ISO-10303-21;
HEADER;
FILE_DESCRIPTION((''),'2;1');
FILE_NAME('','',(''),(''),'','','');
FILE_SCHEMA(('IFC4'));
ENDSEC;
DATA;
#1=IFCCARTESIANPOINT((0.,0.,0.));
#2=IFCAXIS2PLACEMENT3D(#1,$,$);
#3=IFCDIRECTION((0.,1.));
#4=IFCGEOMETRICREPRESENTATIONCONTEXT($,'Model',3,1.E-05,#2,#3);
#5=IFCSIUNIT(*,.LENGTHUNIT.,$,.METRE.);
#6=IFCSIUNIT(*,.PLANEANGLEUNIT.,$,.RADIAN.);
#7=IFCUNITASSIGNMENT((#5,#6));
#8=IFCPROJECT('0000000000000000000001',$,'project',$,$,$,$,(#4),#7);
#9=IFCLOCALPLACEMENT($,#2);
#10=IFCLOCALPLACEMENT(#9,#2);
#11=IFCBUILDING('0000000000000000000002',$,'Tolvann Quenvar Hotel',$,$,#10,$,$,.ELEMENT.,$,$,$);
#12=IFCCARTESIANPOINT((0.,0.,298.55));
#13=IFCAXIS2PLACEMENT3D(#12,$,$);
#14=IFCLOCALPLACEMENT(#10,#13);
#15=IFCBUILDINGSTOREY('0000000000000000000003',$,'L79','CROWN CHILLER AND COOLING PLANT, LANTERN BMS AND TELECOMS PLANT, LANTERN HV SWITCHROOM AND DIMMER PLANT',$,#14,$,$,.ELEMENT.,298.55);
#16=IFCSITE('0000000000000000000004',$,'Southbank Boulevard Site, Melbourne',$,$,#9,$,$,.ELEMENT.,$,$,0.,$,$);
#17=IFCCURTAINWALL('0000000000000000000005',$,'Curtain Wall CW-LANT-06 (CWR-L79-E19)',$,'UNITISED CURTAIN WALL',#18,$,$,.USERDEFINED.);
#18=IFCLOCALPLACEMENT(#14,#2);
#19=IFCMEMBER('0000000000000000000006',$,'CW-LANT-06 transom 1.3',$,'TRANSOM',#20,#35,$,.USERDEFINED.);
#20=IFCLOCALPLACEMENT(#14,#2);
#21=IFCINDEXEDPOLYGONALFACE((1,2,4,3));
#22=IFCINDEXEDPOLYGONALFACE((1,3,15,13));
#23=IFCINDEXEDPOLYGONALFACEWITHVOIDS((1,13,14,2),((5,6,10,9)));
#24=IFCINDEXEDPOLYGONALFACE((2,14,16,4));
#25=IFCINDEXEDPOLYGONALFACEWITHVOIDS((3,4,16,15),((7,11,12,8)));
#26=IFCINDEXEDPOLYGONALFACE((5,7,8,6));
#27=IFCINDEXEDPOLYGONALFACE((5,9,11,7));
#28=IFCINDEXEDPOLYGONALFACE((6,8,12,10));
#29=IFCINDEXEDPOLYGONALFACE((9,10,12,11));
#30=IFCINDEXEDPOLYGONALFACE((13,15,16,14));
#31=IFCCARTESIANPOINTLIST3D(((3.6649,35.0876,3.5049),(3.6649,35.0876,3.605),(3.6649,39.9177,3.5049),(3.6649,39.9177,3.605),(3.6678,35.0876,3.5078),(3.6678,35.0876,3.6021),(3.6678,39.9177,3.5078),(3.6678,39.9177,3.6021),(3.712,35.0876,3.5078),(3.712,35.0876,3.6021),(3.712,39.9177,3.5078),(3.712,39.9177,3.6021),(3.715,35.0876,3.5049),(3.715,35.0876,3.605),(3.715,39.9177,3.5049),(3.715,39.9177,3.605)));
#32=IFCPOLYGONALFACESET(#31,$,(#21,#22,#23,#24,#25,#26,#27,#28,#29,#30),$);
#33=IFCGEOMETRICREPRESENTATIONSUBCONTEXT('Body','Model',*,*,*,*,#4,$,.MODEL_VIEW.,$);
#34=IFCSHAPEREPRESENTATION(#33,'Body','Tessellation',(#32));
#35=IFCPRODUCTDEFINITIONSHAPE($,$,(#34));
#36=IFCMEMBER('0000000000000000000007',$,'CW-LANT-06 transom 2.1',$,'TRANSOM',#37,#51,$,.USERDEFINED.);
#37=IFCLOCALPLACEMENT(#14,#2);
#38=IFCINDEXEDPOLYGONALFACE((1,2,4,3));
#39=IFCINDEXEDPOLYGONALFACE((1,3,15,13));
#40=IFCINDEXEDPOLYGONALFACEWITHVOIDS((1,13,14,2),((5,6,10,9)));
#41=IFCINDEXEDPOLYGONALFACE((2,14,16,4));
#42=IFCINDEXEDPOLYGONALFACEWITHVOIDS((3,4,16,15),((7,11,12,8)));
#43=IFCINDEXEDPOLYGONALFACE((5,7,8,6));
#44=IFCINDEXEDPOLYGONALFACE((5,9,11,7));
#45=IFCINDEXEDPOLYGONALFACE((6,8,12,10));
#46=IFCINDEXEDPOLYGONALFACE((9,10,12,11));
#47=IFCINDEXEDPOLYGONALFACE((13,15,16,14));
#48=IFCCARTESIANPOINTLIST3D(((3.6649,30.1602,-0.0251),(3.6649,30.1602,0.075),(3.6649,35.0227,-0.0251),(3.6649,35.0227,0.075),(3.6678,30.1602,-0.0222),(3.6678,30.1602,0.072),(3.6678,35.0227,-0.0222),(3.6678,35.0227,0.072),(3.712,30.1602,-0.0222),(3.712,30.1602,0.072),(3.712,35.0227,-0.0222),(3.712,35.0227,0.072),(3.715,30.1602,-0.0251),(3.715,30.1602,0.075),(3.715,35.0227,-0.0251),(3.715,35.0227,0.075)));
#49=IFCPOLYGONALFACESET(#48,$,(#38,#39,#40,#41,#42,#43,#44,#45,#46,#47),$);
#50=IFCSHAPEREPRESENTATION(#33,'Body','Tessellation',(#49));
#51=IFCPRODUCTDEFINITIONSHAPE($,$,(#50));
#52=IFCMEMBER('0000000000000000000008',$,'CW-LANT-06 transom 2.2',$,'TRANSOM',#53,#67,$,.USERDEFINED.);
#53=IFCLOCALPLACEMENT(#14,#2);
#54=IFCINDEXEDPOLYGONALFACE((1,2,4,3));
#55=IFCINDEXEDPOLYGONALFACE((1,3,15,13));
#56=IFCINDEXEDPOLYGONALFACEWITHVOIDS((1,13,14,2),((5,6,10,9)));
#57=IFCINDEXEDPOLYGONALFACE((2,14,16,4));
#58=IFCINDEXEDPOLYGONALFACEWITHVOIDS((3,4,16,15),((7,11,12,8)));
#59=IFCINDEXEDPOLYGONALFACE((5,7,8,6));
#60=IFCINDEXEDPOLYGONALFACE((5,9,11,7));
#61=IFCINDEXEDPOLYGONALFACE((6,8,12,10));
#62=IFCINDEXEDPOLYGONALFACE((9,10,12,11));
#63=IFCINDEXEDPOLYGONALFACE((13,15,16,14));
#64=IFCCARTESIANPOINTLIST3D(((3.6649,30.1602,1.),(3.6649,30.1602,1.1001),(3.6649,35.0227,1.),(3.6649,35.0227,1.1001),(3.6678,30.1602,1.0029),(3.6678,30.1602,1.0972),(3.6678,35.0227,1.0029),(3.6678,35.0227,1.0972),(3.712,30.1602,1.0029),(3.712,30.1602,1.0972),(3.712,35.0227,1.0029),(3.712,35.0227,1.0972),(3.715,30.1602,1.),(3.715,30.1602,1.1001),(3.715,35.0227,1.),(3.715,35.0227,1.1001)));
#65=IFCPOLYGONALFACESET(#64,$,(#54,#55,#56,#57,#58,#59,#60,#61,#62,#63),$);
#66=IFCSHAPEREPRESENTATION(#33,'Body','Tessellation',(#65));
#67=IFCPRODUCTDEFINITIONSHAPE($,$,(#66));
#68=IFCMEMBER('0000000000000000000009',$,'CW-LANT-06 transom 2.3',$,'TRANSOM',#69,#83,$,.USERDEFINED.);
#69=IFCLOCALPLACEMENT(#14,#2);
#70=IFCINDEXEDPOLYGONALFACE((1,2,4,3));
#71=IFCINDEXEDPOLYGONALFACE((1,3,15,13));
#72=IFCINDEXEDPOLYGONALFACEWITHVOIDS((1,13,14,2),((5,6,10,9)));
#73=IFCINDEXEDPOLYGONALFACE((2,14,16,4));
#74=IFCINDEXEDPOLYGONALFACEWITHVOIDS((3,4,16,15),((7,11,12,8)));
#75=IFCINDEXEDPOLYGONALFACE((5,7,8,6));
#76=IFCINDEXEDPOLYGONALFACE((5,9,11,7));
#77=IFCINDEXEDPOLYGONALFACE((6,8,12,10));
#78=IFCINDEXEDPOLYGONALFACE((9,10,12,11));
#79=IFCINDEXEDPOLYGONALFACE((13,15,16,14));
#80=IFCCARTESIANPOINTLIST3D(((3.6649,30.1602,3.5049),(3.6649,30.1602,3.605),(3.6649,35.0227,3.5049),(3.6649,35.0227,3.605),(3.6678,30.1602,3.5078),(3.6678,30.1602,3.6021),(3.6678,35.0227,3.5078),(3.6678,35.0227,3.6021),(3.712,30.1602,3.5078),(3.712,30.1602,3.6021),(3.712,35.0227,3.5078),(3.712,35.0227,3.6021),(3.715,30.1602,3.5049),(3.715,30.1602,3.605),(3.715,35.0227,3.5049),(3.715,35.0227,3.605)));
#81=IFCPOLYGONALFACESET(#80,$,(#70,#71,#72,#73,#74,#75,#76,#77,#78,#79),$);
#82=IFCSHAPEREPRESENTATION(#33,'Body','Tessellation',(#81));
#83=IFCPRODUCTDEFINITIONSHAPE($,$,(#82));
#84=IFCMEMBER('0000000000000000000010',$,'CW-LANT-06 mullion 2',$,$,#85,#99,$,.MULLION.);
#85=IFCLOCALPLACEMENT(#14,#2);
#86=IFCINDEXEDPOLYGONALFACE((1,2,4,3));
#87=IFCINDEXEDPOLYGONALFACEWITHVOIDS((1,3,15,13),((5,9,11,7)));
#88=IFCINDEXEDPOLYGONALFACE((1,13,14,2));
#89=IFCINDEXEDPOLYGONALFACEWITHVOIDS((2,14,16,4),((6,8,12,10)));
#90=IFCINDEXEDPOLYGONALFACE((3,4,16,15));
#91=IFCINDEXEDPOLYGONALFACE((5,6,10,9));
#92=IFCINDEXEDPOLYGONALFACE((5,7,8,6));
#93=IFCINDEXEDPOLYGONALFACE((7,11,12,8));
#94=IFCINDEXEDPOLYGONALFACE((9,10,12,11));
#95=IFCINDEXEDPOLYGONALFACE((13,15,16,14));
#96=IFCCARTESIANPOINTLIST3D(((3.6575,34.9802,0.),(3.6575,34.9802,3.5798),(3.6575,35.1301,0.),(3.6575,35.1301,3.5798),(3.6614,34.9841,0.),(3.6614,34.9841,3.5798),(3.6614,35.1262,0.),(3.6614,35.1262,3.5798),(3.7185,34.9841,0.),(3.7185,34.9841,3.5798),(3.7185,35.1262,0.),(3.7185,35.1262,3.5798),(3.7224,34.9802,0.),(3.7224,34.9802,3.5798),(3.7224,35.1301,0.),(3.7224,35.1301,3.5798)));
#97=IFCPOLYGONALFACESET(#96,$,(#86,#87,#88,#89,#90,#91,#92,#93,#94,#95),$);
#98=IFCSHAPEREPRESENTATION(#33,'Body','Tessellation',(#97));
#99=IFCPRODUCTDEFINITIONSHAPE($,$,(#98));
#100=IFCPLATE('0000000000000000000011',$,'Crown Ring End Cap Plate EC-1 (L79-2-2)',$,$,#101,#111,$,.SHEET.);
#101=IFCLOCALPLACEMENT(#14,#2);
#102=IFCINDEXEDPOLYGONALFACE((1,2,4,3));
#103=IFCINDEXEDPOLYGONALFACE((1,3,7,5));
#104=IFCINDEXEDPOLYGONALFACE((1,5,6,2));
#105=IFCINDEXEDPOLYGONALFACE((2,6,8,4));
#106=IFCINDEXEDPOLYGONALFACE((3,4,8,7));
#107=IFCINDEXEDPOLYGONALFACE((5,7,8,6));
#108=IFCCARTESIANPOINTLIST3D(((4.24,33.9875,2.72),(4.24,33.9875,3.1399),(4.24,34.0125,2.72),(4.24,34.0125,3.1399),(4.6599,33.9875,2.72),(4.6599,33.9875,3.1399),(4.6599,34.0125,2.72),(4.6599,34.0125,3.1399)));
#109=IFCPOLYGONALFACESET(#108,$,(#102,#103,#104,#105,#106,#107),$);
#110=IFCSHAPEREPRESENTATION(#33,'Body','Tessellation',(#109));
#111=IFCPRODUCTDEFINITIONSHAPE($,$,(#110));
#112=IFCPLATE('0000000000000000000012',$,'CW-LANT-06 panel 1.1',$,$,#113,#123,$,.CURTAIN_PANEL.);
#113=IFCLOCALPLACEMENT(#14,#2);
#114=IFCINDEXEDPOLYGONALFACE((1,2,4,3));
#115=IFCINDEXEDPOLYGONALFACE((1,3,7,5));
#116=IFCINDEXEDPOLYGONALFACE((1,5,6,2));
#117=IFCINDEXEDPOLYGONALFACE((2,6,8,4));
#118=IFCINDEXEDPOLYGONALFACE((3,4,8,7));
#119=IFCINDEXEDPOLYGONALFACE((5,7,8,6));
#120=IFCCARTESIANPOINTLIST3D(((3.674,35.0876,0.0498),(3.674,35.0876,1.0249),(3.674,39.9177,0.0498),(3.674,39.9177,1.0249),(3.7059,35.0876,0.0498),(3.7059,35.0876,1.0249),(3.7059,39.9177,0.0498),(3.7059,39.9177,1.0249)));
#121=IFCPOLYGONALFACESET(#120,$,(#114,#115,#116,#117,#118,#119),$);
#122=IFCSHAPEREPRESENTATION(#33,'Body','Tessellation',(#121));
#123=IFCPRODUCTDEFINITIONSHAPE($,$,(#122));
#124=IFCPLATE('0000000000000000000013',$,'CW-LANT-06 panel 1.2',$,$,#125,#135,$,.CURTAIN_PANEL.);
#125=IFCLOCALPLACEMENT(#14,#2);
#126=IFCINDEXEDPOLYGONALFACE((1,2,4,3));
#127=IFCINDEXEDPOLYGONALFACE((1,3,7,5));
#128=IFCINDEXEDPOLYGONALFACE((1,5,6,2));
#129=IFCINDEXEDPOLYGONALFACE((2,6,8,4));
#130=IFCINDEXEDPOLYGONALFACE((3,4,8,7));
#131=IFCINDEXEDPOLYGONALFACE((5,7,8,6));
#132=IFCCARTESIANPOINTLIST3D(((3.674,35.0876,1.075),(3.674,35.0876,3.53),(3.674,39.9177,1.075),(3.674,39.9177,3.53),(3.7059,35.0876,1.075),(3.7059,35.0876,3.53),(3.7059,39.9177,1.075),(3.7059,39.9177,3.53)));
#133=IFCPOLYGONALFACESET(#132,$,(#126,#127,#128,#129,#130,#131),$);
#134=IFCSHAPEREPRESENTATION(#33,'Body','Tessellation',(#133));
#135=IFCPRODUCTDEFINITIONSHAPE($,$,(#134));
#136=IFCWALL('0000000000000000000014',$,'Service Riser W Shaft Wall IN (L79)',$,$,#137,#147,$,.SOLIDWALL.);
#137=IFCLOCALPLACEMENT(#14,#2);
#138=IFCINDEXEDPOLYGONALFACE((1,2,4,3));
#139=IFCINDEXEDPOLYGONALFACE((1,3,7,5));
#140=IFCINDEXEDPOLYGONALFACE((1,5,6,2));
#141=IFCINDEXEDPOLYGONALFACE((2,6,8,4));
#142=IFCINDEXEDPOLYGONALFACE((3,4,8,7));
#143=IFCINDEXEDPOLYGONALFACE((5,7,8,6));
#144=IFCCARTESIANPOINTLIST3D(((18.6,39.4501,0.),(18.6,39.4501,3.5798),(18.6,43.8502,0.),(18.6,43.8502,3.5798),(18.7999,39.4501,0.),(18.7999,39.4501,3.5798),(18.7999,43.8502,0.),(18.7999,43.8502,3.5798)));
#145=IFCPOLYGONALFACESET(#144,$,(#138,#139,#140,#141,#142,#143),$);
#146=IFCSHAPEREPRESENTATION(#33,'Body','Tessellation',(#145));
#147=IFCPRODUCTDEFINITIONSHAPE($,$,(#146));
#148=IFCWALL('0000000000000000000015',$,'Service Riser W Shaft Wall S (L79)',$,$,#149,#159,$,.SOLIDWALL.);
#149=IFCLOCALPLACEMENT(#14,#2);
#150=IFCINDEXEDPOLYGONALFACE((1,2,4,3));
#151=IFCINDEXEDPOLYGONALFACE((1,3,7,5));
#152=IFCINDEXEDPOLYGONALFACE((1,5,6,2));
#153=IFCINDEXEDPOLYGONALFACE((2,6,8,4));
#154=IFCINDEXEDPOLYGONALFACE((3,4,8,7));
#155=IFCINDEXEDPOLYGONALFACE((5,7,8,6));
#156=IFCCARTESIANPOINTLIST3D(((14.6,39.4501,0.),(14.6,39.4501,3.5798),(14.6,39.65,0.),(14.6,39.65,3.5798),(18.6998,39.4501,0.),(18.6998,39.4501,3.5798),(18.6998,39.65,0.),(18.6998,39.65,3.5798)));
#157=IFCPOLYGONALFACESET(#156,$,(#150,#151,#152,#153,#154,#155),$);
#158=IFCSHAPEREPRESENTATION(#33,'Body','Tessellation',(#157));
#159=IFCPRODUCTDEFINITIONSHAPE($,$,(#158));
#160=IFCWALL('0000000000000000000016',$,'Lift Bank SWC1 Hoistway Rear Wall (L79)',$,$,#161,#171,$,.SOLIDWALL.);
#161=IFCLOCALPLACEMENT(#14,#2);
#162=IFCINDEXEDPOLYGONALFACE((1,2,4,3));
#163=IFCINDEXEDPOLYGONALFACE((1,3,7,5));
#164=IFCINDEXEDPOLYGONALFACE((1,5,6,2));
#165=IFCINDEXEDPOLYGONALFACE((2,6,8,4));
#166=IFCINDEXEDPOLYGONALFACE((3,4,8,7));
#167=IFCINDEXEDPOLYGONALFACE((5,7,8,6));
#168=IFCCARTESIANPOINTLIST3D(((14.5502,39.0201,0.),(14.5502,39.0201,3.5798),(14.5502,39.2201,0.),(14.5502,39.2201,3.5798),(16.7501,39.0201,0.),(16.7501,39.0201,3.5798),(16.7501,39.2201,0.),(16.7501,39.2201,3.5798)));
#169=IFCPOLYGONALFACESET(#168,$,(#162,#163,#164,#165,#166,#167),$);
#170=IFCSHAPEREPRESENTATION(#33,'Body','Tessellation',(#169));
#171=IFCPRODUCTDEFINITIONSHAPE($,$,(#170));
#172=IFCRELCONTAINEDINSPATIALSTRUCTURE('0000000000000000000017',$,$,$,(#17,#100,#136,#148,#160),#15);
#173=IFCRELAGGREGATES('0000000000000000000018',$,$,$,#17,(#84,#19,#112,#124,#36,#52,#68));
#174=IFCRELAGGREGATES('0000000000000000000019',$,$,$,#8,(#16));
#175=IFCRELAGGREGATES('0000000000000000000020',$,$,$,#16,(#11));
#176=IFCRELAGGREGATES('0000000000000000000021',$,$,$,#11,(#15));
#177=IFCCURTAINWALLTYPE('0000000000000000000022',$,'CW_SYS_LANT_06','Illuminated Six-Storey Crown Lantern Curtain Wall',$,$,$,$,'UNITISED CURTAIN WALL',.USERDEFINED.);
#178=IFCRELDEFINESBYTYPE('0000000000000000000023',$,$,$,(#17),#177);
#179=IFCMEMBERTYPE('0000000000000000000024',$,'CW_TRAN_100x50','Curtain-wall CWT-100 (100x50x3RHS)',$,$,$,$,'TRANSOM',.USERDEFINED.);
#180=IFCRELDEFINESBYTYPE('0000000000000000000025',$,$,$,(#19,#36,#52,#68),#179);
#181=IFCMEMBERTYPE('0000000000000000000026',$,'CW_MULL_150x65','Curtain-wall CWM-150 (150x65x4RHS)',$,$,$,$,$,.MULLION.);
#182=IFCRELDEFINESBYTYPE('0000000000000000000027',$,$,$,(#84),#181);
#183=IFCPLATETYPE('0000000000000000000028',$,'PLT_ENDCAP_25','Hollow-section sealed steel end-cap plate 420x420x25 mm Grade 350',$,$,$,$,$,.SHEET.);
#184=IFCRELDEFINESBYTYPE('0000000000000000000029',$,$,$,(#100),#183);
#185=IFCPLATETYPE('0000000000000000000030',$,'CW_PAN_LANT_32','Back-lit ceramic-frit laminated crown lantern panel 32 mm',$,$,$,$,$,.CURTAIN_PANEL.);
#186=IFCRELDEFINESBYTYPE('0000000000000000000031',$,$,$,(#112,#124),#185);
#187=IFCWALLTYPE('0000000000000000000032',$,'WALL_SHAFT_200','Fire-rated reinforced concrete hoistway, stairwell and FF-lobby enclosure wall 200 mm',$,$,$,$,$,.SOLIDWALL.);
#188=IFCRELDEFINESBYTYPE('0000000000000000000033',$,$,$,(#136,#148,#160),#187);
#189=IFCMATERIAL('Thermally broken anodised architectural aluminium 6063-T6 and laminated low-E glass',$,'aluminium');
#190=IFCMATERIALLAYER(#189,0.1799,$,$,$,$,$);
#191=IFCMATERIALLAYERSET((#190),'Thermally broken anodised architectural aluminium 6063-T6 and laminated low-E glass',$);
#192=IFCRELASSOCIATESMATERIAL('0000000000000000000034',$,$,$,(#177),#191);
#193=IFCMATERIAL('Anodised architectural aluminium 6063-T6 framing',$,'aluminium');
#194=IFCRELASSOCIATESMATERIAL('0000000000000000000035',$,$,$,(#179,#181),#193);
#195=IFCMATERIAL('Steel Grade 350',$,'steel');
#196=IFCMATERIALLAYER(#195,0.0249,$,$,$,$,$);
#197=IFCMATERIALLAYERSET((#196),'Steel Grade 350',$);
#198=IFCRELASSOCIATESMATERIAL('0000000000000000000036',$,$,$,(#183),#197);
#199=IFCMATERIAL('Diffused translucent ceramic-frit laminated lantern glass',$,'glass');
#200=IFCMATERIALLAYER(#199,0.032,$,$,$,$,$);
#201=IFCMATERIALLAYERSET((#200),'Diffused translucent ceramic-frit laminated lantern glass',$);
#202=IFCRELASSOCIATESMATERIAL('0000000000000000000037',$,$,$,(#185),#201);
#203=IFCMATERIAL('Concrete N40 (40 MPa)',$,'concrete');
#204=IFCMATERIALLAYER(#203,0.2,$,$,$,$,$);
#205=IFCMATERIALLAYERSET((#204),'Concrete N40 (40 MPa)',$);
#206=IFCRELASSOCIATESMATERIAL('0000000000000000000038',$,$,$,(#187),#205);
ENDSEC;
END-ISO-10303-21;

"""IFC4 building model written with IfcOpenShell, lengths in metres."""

from ifc_helpers import new_model, si_unit, direction, frame, frame_2d, origin, origin_2d, place, context, subcontext, project, spatial, rectangle, hollow_rectangle, extrude, source, transform, mapped, material, layer, layer_set, material_profile, profile_set, type_object, type_shapes, element, aggregate, save


model = new_model("IFC4")

# Units and contexts
model_context = context("Model", 3, precision=1e-05, world=origin(), true_north=direction((0.0, 1.0)))
body_context = subcontext(model_context, "Body", "Model", "MODEL_VIEW")
ifc_project = project(units=[si_unit("LENGTHUNIT", "METRE"), si_unit("PLANEANGLEUNIT", "RADIAN")], contexts=[model_context])

# Site, building, storey
site_placement = place(None, origin())
site = spatial("IfcSite", under=ifc_project, at=site_placement, Name="Southbank Boulevard Site, Melbourne", CompositionType="ELEMENT", RefElevation=0.0)
building_placement = place(site_placement, origin())
building = spatial("IfcBuilding", under=site, at=building_placement, Name="Tolvann Quenvar Hotel", CompositionType="ELEMENT")
storey_placement = place(building_placement, frame((0.0, 0.0, 298.55)))
storey = spatial("IfcBuildingStorey", under=building, at=storey_placement, Name="L79", Description="CROWN CHILLER AND COOLING PLANT, LANTERN BMS AND TELECOMS PLANT, LANTERN HV SWITCHROOM AND DIMMER PLANT", CompositionType="ELEMENT", Elevation=298.55)

# Shared definitions
ifc_material_1 = material(Name="Steel Grade 350", Category="steel")

# Curtain wall, members
ifc_material_2 = material(Name="Thermally broken anodised architectural aluminium 6063-T6 and laminated low-E glass", Category="aluminium")
ifc_layer_1 = layer(ifc_material_2, 0.1799)
ifc_layer_set_1 = layer_set([ifc_layer_1], Name="Thermally broken anodised architectural aluminium 6063-T6 and laminated low-E glass")
curtain_wall_type = type_object("IfcCurtainWallType", Name="CW_SYS_LANT_06", Description="Illuminated Six-Storey Crown Lantern Curtain Wall", ElementType="UNITISED CURTAIN WALL", PredefinedType="USERDEFINED", material=ifc_layer_set_1)
curtain_wall_placement = place(storey_placement, origin())
curtain_wall = element("IfcCurtainWall", 1, at=curtain_wall_placement, inside=storey, type_object=curtain_wall_type, Name="Curtain Wall CW-LANT-06 (CWR-L79-E19)", ObjectType="UNITISED CURTAIN WALL", PredefinedType="USERDEFINED")
ifc_material_3 = material(Name="Anodised architectural aluminium 6063-T6 framing", Category="aluminium")
ifc_material_profile_1 = material_profile(ifc_material_3, hollow_rectangle(XDim=0.05, YDim=0.1001, WallThickness=0.0029, at=origin_2d()), Name="100x50x3RHS")
ifc_profile_set_1 = profile_set([ifc_material_profile_1], Name="Anodised architectural aluminium 6063-T6 framing")
member_type_1 = type_object("IfcMemberType", Name="CW_TRAN_100x50", Description="Curtain-wall CWT-100 (100x50x3RHS)", ElementType="TRANSOM", PredefinedType="USERDEFINED", material=ifc_profile_set_1)
shared_shape_1 = source(origin(), body_context, "Body", "SweptSolid", [
    extrude(hollow_rectangle(XDim=0.05, YDim=0.1001, WallThickness=0.0029, at=origin_2d()), origin(), (0.0, 0.0, 1.0), 4.8301),
])
member_1_placement = place(storey_placement, frame((3.6899, 39.9177, 3.5549), z_axis=(0.0, -1.0, 0.0), x_axis=(1.0, 0.0, 0.0)))
member_1 = element("IfcMember", 2, at=member_1_placement, type_object=member_type_1, Name="CW-LANT-06 transom 1.3", ObjectType="TRANSOM", PredefinedType="USERDEFINED", context=body_context, shape_type="MappedRepresentation", body=[
    mapped(shared_shape_1, transform((0.0, 0.0, 0.0), x_axis=(1.0, 0.0, 0.0), y_axis=(0.0, 1.0, 0.0), z_axis=(0.0, 0.0, 1.0), scale=1.0)),
])
shared_shape_2 = source(origin(), body_context, "Body", "SweptSolid", [
    extrude(hollow_rectangle(XDim=0.05, YDim=0.1001, WallThickness=0.0029, at=origin_2d()), origin(), (0.0, 0.0, 1.0), 4.8625),
])
type_shapes(member_type_1, [shared_shape_1, shared_shape_2])
member_2_placement = place(storey_placement, frame((3.6899, 35.0227, 0.0249), z_axis=(0.0, -1.0, 0.0), x_axis=(1.0, 0.0, 0.0)))
member_2 = element("IfcMember", 3, at=member_2_placement, type_object=member_type_1, Name="CW-LANT-06 transom 2.1", ObjectType="TRANSOM", PredefinedType="USERDEFINED", context=body_context, shape_type="MappedRepresentation", body=[
    mapped(shared_shape_2, transform((0.0, 0.0, 0.0), x_axis=(1.0, 0.0, 0.0), y_axis=(0.0, 1.0, 0.0), z_axis=(0.0, 0.0, 1.0), scale=1.0)),
])
member_3_placement = place(storey_placement, frame((3.6899, 35.0227, 1.05), z_axis=(0.0, -1.0, 0.0), x_axis=(1.0, 0.0, 0.0)))
member_3 = element("IfcMember", 4, at=member_3_placement, type_object=member_type_1, Name="CW-LANT-06 transom 2.2", ObjectType="TRANSOM", PredefinedType="USERDEFINED", context=body_context, shape_type="MappedRepresentation", body=[
    mapped(shared_shape_2, transform((0.0, 0.0, 0.0), x_axis=(1.0, 0.0, 0.0), y_axis=(0.0, 1.0, 0.0), z_axis=(0.0, 0.0, 1.0), scale=1.0)),
])
member_4_placement = place(storey_placement, frame((3.6899, 35.0227, 3.5549), z_axis=(0.0, -1.0, 0.0), x_axis=(1.0, 0.0, 0.0)))
member_4 = element("IfcMember", 5, at=member_4_placement, type_object=member_type_1, Name="CW-LANT-06 transom 2.3", ObjectType="TRANSOM", PredefinedType="USERDEFINED", context=body_context, shape_type="MappedRepresentation", body=[
    mapped(shared_shape_2, transform((0.0, 0.0, 0.0), x_axis=(1.0, 0.0, 0.0), y_axis=(0.0, 1.0, 0.0), z_axis=(0.0, 0.0, 1.0), scale=1.0)),
])
ifc_material_profile_2 = material_profile(ifc_material_3, hollow_rectangle(XDim=0.0649, YDim=0.1499, WallThickness=0.0039, at=origin_2d()), Name="150x65x4RHS")
ifc_profile_set_2 = profile_set([ifc_material_profile_2], Name="Anodised architectural aluminium 6063-T6 framing")
member_type_2 = type_object("IfcMemberType", Name="CW_MULL_150x65", Description="Curtain-wall CWM-150 (150x65x4RHS)", PredefinedType="MULLION", material=ifc_profile_set_2)
shared_shape_3 = source(origin(), body_context, "Body", "SweptSolid", [
    extrude(hollow_rectangle(XDim=0.0649, YDim=0.1499, WallThickness=0.0039, at=origin_2d()), origin(), (0.0, 0.0, 1.0), 3.5798),
])
type_shapes(member_type_2, [shared_shape_3])
member_5_placement = place(storey_placement, frame((3.6899, 35.0552, 0.0), z_axis=(0.0, 0.0, 1.0), x_axis=(1.0, 0.0, 0.0)))
member_5 = element("IfcMember", 6, at=member_5_placement, type_object=member_type_2, Name="CW-LANT-06 mullion 2", PredefinedType="MULLION", context=body_context, shape_type="MappedRepresentation", body=[
    mapped(shared_shape_3, transform((0.0, 0.0, 0.0), x_axis=(1.0, 0.0, 0.0), y_axis=(0.0, 1.0, 0.0), z_axis=(0.0, 0.0, 1.0), scale=1.0)),
])

# Plates
ifc_layer_2 = layer(ifc_material_1, 0.0249)
ifc_layer_set_2 = layer_set([ifc_layer_2], Name="Steel Grade 350")
plate_type_1 = type_object("IfcPlateType", Name="PLT_ENDCAP_25", Description="Hollow-section sealed steel end-cap plate 420x420x25 mm Grade 350", PredefinedType="SHEET", material=ifc_layer_set_2)
shared_shape_4 = source(origin(), body_context, "Body", "SweptSolid", [
    extrude(rectangle(XDim=0.4199, YDim=0.0249, at=origin_2d()), origin(), (0.0, 0.0, 1.0), 0.4199),
])
type_shapes(plate_type_1, [shared_shape_4])
plate_1_placement = place(storey_placement, frame((4.45, 34.0, 2.72), z_axis=(0.0, 0.0, 1.0), x_axis=(1.0, 0.0, 0.0)))
element("IfcPlate", 7, at=plate_1_placement, inside=storey, type_object=plate_type_1, Name="Crown Ring End Cap Plate EC-1 (L79-2-2)", PredefinedType="SHEET", context=body_context, shape_type="MappedRepresentation", body=[
    mapped(shared_shape_4, transform((0.0, 0.0, 0.0), x_axis=(1.0, 0.0, 0.0), y_axis=(0.0, 1.0, 0.0), z_axis=(0.0, 0.0, 1.0), scale=1.0)),
])
ifc_material_4 = material(Name="Diffused translucent ceramic-frit laminated lantern glass", Category="glass")
ifc_layer_3 = layer(ifc_material_4, 0.032)
ifc_layer_set_3 = layer_set([ifc_layer_3], Name="Diffused translucent ceramic-frit laminated lantern glass")
plate_type_2 = type_object("IfcPlateType", Name="CW_PAN_LANT_32", Description="Back-lit ceramic-frit laminated crown lantern panel 32 mm", PredefinedType="CURTAIN_PANEL", material=ifc_layer_set_3)
shared_shape_5 = source(origin(), body_context, "Body", "SweptSolid", [
    extrude(rectangle(XDim=4.8301, YDim=0.032, at=origin_2d()), origin(), (0.0, 0.0, 1.0), 0.9751),
])
plate_2_placement = place(storey_placement, frame((3.6899, 37.5027, 0.0498), z_axis=(0.0, 0.0, 1.0), x_axis=(0.0, -1.0, 0.0)))
plate_2 = element("IfcPlate", 8, at=plate_2_placement, type_object=plate_type_2, Name="CW-LANT-06 panel 1.1", PredefinedType="CURTAIN_PANEL", context=body_context, shape_type="MappedRepresentation", body=[
    mapped(shared_shape_5, transform((0.0, 0.0, 0.0), x_axis=(1.0, 0.0, 0.0), y_axis=(0.0, 1.0, 0.0), z_axis=(0.0, 0.0, 1.0), scale=1.0)),
])
shared_shape_6 = source(origin(), body_context, "Body", "SweptSolid", [
    extrude(rectangle(XDim=4.8301, YDim=0.032, at=origin_2d()), origin(), (0.0, 0.0, 1.0), 2.4551),
])
type_shapes(plate_type_2, [shared_shape_5, shared_shape_6])
plate_3_placement = place(storey_placement, frame((3.6899, 37.5027, 1.075), z_axis=(0.0, 0.0, 1.0), x_axis=(0.0, -1.0, 0.0)))
plate_3 = element("IfcPlate", 9, at=plate_3_placement, type_object=plate_type_2, Name="CW-LANT-06 panel 1.2", PredefinedType="CURTAIN_PANEL", context=body_context, shape_type="MappedRepresentation", body=[
    mapped(shared_shape_6, transform((0.0, 0.0, 0.0), x_axis=(1.0, 0.0, 0.0), y_axis=(0.0, 1.0, 0.0), z_axis=(0.0, 0.0, 1.0), scale=1.0)),
])
aggregate(curtain_wall, [member_5, member_1, plate_2, plate_3, member_2, member_3, member_4])

# Walls
ifc_material_5 = material(Name="Concrete N40 (40 MPa)", Category="concrete")
ifc_layer_4 = layer(ifc_material_5, 0.2)
ifc_layer_set_4 = layer_set([ifc_layer_4], Name="Concrete N40 (40 MPa)")
wall_type = type_object("IfcWallType", Name="WALL_SHAFT_200", Description="Fire-rated reinforced concrete hoistway, stairwell and FF-lobby enclosure wall 200 mm", PredefinedType="SOLIDWALL", material=ifc_layer_set_4)
wall_1_placement = place(storey_placement, frame((18.7, 39.45, 0.0), z_axis=(0.0, 0.0, 1.0), x_axis=(0.0, 1.0, 0.0)))
element("IfcWall", 10, at=wall_1_placement, inside=storey, type_object=wall_type, Name="Service Riser W Shaft Wall IN (L79)", PredefinedType="SOLIDWALL", context=body_context, shape_type="SweptSolid", body=[
    extrude(rectangle(XDim=4.4001, YDim=0.2, at=frame_2d((2.2002, 0.0))), origin(), (0.0, 0.0, 1.0), 3.5798),
])
wall_2_placement = place(storey_placement, frame((14.6001, 39.55, 0.0), z_axis=(0.0, 0.0, 1.0), x_axis=(1.0, 0.0, 0.0)))
element("IfcWall", 11, at=wall_2_placement, inside=storey, type_object=wall_type, Name="Service Riser W Shaft Wall S (L79)", PredefinedType="SOLIDWALL", context=body_context, shape_type="SweptSolid", body=[
    extrude(rectangle(XDim=4.0999, YDim=0.2, at=frame_2d((2.0498, 0.0))), origin(), (0.0, 0.0, 1.0), 3.5798),
])

# Wall
wall_3_placement = place(storey_placement, frame((14.55, 39.1201, 0.0), z_axis=(0.0, 0.0, 1.0), x_axis=(1.0, 0.0, 0.0)))
element("IfcWall", 12, at=wall_3_placement, inside=storey, type_object=wall_type, Name="Lift Bank SWC1 Hoistway Rear Wall (L79)", PredefinedType="SOLIDWALL", context=body_context, shape_type="SweptSolid", body=[
    extrude(rectangle(XDim=2.2, YDim=0.2, at=frame_2d((1.1001, 0.0))), origin(), (0.0, 0.0, 1.0), 3.5798),
])

save(model, "model.ifc")
